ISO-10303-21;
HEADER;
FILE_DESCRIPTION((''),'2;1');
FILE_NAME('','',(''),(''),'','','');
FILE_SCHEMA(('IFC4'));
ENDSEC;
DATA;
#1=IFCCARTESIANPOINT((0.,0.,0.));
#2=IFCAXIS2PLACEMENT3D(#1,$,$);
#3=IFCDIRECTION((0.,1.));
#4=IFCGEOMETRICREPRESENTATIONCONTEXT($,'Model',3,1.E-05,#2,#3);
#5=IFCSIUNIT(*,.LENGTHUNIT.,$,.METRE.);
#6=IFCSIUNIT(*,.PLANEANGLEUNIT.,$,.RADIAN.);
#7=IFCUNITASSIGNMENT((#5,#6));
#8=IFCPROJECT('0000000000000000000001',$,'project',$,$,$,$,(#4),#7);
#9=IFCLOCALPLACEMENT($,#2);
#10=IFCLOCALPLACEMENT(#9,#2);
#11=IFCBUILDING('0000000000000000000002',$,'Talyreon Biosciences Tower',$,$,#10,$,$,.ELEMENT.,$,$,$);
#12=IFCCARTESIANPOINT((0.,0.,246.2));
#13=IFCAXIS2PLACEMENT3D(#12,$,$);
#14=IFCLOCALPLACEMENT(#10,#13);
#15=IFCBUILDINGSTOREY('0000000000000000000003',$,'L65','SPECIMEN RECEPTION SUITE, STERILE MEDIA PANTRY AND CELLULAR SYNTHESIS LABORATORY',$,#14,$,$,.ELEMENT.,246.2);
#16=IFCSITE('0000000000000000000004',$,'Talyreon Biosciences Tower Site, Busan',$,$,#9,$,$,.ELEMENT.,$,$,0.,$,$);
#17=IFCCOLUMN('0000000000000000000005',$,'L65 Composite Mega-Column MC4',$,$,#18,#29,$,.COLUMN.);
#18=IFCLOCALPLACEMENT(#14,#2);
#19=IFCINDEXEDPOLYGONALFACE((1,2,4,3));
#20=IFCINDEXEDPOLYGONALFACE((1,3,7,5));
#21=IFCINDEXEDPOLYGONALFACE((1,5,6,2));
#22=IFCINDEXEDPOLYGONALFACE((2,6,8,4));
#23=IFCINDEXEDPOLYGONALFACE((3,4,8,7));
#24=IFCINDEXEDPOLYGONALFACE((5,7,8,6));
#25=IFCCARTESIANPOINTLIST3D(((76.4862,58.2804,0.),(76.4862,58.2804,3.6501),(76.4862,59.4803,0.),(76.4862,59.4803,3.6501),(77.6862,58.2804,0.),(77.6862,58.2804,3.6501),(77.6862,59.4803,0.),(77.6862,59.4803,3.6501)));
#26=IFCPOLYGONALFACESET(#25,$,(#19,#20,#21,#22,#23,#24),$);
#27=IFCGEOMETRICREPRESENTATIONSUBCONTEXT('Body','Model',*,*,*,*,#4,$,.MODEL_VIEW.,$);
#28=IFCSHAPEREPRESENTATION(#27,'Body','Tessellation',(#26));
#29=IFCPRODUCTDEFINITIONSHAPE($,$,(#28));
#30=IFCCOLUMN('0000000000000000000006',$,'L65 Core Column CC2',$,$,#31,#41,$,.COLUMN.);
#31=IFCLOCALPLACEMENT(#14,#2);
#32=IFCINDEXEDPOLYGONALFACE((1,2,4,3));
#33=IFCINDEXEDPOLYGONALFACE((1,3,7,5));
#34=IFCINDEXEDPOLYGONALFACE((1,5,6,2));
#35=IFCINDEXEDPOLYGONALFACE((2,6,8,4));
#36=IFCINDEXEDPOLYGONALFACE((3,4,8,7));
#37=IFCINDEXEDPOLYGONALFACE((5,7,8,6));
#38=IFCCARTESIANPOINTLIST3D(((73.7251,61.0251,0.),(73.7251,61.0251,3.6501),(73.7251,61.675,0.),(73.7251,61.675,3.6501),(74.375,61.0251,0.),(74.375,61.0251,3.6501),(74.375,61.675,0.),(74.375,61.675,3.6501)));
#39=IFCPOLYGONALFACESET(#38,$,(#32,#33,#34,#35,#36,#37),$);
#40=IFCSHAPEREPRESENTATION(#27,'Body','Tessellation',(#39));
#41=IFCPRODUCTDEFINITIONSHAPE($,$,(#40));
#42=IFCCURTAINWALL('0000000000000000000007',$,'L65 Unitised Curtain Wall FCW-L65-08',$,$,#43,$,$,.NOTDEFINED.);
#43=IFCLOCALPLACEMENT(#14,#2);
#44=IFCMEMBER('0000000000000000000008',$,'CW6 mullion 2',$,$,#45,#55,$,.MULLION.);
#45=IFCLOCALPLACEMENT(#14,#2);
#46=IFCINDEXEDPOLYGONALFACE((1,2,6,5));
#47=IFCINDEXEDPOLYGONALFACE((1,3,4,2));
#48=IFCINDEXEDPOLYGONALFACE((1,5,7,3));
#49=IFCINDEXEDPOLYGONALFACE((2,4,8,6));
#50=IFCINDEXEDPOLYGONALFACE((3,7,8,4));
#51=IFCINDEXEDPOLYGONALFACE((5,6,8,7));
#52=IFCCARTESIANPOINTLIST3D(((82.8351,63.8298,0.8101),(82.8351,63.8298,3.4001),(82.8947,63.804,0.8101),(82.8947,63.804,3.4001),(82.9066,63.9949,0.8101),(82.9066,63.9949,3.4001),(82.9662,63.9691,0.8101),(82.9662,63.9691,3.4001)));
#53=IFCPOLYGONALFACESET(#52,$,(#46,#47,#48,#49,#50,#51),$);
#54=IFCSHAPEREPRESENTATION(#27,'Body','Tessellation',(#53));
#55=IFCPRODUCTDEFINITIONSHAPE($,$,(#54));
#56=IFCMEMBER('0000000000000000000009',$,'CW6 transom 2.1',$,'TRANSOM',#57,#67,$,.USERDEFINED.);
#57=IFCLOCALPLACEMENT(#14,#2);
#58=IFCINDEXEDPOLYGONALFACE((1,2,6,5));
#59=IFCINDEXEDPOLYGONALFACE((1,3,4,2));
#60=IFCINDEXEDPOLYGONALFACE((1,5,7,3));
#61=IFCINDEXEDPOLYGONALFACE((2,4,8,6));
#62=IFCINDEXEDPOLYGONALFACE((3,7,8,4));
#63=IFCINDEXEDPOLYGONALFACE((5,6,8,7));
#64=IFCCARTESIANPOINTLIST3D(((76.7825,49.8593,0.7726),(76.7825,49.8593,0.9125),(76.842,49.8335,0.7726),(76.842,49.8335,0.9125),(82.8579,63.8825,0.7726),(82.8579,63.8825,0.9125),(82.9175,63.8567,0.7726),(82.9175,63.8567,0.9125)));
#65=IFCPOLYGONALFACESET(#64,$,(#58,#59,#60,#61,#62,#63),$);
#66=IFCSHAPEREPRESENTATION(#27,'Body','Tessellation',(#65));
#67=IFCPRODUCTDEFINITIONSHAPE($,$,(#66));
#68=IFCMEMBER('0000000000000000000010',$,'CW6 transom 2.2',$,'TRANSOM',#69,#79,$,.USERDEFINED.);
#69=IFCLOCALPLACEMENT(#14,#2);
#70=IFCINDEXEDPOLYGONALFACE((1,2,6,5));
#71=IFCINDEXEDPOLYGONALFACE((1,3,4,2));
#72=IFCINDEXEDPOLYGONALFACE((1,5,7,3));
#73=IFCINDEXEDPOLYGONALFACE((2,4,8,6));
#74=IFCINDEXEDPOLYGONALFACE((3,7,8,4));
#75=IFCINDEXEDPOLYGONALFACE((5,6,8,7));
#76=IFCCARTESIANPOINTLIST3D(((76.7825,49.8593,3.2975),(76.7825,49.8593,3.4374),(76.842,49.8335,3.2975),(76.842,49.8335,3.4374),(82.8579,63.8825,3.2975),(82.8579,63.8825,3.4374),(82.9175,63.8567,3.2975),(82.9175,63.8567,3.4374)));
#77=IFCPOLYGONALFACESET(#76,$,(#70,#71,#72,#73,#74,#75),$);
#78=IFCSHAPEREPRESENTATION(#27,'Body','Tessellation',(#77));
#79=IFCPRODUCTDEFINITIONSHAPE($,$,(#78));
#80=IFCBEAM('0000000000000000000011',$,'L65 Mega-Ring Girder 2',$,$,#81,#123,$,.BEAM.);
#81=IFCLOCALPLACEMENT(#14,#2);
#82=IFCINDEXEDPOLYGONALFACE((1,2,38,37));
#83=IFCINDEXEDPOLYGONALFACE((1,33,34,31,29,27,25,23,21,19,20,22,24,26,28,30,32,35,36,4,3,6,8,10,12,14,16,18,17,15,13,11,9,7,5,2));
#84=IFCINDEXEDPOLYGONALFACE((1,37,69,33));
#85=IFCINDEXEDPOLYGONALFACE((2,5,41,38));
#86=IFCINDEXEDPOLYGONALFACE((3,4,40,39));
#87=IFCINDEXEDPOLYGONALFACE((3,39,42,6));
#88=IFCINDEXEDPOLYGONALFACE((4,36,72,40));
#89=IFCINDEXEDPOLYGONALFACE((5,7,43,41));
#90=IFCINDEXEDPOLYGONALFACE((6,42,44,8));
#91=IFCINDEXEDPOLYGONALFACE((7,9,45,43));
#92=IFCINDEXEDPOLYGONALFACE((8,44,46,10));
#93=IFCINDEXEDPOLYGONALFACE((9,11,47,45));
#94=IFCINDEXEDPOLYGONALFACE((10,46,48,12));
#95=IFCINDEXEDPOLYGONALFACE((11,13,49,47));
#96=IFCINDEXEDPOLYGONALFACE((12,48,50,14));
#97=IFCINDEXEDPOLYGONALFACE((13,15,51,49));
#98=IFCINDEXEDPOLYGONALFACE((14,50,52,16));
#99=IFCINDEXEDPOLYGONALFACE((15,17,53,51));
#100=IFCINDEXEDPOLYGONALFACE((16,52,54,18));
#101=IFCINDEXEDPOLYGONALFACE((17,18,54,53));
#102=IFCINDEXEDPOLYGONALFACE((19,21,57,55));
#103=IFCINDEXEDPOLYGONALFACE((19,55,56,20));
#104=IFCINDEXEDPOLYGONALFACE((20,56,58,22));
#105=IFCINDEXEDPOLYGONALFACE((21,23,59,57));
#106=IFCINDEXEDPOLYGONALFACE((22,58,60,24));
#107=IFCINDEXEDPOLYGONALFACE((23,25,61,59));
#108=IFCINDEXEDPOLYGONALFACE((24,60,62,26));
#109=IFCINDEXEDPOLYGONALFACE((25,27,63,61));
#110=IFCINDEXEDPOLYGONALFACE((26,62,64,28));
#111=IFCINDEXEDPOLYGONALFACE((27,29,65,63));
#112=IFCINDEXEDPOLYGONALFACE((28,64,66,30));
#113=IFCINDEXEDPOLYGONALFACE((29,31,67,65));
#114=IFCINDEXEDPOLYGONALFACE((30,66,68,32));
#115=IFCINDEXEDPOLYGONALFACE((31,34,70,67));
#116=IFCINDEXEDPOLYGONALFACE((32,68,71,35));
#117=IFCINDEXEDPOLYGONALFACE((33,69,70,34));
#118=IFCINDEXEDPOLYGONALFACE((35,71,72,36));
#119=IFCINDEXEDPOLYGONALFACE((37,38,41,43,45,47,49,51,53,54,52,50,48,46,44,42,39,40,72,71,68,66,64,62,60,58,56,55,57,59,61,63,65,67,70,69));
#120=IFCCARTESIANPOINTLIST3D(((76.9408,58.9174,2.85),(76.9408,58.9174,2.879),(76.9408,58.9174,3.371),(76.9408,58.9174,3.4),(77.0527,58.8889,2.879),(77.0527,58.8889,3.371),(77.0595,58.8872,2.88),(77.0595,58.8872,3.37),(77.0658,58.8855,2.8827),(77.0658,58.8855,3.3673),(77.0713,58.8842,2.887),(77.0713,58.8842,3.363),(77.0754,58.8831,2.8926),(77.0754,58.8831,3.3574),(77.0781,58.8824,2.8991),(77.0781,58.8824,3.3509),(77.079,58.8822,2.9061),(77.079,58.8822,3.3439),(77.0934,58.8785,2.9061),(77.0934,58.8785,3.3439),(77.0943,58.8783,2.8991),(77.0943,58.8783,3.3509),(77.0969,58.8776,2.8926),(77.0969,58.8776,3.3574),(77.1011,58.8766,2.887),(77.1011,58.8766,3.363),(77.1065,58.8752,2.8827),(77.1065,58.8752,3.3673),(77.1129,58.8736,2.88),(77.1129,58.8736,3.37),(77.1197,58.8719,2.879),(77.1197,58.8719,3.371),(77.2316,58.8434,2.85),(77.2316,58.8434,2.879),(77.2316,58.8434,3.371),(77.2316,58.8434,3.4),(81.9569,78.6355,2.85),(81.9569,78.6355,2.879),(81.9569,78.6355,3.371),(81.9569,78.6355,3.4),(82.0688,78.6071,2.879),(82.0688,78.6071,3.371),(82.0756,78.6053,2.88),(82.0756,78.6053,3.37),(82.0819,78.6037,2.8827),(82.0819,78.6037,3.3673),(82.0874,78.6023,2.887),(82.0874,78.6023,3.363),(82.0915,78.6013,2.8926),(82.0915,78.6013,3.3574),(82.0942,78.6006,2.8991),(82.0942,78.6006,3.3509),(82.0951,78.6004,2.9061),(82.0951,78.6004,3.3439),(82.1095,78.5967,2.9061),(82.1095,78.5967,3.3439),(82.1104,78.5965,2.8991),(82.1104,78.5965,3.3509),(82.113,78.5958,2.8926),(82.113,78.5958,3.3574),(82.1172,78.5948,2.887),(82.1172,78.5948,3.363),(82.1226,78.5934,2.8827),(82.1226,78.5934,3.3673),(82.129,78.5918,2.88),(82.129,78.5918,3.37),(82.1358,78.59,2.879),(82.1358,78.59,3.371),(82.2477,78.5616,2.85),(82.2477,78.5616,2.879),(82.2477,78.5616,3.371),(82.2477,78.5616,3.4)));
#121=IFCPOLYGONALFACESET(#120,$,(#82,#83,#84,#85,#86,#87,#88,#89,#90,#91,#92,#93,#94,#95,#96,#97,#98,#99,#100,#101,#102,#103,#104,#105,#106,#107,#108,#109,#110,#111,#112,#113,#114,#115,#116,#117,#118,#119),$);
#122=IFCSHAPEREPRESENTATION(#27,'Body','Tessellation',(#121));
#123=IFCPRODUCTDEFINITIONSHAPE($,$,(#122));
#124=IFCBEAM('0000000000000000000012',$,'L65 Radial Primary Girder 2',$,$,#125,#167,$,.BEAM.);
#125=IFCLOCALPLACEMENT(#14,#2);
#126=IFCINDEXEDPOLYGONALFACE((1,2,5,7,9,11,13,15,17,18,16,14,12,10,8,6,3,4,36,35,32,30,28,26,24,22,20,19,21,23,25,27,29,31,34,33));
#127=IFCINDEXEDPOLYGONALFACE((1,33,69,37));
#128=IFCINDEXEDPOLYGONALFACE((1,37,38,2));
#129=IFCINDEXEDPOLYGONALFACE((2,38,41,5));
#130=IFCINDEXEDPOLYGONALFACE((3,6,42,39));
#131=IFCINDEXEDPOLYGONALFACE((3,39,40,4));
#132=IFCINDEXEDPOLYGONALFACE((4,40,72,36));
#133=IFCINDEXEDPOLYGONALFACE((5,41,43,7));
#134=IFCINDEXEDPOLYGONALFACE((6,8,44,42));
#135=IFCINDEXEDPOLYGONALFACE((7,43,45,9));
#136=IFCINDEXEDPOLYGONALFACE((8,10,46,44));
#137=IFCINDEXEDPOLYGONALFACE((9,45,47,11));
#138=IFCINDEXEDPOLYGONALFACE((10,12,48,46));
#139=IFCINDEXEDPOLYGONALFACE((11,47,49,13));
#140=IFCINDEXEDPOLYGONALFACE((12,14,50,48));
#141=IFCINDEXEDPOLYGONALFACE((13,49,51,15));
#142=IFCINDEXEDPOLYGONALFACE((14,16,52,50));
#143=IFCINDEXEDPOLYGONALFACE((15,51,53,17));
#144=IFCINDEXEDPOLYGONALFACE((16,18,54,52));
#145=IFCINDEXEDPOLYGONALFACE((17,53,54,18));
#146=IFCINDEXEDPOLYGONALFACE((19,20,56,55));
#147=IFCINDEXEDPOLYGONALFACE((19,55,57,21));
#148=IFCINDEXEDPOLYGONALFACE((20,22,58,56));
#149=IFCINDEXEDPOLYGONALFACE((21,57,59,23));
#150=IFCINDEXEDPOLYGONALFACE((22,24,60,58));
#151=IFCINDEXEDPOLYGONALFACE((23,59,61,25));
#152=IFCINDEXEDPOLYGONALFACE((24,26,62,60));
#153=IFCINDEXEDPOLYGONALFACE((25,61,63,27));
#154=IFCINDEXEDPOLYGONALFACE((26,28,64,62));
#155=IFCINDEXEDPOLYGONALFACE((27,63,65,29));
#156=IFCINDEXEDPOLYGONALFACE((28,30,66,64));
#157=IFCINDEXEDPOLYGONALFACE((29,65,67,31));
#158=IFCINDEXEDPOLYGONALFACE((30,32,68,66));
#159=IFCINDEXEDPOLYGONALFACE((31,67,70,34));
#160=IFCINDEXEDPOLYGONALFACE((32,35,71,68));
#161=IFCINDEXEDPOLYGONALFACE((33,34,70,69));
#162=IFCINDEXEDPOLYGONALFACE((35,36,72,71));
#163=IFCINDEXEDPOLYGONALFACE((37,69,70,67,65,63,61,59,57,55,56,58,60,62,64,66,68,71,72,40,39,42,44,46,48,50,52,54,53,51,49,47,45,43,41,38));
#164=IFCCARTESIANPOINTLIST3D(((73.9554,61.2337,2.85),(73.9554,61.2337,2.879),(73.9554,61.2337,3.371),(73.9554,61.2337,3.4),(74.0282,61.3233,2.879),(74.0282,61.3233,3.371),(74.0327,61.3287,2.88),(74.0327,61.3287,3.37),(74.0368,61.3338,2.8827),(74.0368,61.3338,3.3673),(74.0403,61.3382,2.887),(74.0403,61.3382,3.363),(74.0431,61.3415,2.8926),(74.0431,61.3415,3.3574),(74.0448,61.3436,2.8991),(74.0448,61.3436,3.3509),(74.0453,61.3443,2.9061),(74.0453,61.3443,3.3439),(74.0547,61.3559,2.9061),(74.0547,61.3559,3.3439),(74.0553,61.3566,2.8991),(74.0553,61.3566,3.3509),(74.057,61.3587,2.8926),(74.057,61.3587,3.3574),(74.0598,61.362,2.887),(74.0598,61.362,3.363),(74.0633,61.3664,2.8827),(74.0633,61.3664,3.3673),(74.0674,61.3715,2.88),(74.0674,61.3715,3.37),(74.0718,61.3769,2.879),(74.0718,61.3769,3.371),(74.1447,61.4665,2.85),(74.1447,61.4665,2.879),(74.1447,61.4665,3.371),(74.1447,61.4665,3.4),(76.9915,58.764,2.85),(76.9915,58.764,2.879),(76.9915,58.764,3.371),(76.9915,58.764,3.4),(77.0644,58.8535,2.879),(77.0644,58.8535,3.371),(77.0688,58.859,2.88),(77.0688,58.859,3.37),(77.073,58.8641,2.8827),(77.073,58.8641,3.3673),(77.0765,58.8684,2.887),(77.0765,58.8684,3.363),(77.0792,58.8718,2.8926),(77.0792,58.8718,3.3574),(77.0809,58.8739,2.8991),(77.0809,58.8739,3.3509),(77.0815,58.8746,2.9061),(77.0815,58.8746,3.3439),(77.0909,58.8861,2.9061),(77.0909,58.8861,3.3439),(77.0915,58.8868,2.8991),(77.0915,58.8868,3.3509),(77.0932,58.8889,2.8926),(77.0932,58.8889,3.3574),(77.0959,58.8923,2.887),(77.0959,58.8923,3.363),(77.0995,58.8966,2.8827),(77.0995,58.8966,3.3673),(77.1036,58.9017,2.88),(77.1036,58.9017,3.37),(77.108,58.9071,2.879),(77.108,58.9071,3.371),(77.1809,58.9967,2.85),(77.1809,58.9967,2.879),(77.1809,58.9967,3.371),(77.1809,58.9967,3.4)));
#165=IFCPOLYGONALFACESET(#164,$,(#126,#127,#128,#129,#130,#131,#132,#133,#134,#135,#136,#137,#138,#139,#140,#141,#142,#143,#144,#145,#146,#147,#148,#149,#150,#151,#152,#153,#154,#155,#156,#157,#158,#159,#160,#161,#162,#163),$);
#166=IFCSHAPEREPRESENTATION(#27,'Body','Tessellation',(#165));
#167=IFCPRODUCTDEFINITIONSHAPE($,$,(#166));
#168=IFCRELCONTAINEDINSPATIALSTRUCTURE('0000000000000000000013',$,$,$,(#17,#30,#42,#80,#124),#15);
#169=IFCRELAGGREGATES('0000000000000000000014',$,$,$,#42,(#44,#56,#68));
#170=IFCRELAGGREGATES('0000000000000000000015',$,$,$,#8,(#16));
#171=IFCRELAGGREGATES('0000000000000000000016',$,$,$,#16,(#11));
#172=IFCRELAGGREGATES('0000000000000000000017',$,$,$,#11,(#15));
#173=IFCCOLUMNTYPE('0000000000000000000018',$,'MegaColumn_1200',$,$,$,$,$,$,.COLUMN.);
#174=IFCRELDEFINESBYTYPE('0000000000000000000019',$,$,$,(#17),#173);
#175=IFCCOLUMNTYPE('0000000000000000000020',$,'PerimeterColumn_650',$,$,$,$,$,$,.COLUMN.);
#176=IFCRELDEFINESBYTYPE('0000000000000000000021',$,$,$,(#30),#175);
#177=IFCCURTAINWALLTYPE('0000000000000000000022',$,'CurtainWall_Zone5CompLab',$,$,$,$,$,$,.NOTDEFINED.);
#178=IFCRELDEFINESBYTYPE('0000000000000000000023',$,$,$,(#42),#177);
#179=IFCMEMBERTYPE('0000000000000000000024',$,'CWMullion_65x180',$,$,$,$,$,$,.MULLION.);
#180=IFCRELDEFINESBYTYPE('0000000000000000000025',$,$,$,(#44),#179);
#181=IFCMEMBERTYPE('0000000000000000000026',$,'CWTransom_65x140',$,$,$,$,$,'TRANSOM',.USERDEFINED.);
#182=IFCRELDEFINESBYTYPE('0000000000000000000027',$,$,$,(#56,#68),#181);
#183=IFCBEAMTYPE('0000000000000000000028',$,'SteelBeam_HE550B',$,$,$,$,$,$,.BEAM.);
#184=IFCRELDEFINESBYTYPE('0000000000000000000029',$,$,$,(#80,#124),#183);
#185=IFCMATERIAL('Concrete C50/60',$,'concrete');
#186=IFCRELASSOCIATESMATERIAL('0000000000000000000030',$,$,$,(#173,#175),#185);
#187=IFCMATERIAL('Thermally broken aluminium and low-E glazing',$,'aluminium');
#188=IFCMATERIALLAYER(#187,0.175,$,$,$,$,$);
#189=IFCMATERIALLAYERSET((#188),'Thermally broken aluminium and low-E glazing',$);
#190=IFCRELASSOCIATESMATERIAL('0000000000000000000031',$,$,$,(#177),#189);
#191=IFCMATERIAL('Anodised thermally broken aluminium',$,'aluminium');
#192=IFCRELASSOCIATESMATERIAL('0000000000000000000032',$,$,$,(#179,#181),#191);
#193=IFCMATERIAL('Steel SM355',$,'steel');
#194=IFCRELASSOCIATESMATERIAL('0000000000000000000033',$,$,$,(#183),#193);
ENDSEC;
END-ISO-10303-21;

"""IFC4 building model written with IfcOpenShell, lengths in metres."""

from ifc_helpers import new_model, si_unit, direction, frame, origin, origin_2d, place, context, subcontext, project, spatial, rectangle, i_section, extrude, material, layer, layer_set, material_profile, profile_set, type_object, element, aggregate, save


model = new_model("IFC4")

# Units and contexts
model_context = context("Model", 3, precision=1e-05, world=origin(), true_north=direction((0.0, 1.0)))
body_context = subcontext(model_context, "Body", "Model", "MODEL_VIEW")
ifc_project = project(units=[si_unit("LENGTHUNIT", "METRE"), si_unit("PLANEANGLEUNIT", "RADIAN")], contexts=[model_context])

# Site, building, storey
site_placement = place(None, origin())
site = spatial("IfcSite", under=ifc_project, at=site_placement, Name="Talyreon Biosciences Tower Site, Busan", CompositionType="ELEMENT", RefElevation=0.0)
building_placement = place(site_placement, origin())
building = spatial("IfcBuilding", under=site, at=building_placement, Name="Talyreon Biosciences Tower", CompositionType="ELEMENT")
storey_placement = place(building_placement, frame((0.0, 0.0, 246.2)))
storey = spatial("IfcBuildingStorey", under=building, at=storey_placement, Name="L65", Description="SPECIMEN RECEPTION SUITE, STERILE MEDIA PANTRY AND CELLULAR SYNTHESIS LABORATORY", CompositionType="ELEMENT", Elevation=246.2)

# Columns
ifc_material_1 = material(Name="Concrete C50/60", Category="concrete")
ifc_material_profile_1 = material_profile(ifc_material_1, rectangle(XDim=1.2, YDim=1.2, at=origin_2d()), Name="RC 1200x1200")
ifc_profile_set_1 = profile_set([ifc_material_profile_1], Name="Concrete C50/60")
column_type_1 = type_object("IfcColumnType", Name="MegaColumn_1200", PredefinedType="COLUMN", material=ifc_profile_set_1)
column_1_placement = place(storey_placement, frame((77.0862, 58.8804, 0.0), z_axis=(0.0, 0.0, 1.0), x_axis=(1.0, 0.0, 0.0)))
element("IfcColumn", 1, at=column_1_placement, inside=storey, type_object=column_type_1, Name="L65 Composite Mega-Column MC4", PredefinedType="COLUMN", context=body_context, shape_type="SweptSolid", body=[
    extrude(rectangle(XDim=1.2, YDim=1.2, at=origin_2d()), origin(), (0.0, 0.0, 1.0), 3.6501),
])
ifc_material_profile_2 = material_profile(ifc_material_1, rectangle(XDim=0.6499, YDim=0.6499, at=origin_2d()), Name="RC 650x650")
ifc_profile_set_2 = profile_set([ifc_material_profile_2], Name="Concrete C50/60")
column_type_2 = type_object("IfcColumnType", Name="PerimeterColumn_650", PredefinedType="COLUMN", material=ifc_profile_set_2)
column_2_placement = place(storey_placement, frame((74.05, 61.3501, 0.0), z_axis=(0.0, 0.0, 1.0), x_axis=(1.0, 0.0, 0.0)))
element("IfcColumn", 2, at=column_2_placement, inside=storey, type_object=column_type_2, Name="L65 Core Column CC2", PredefinedType="COLUMN", context=body_context, shape_type="SweptSolid", body=[
    extrude(rectangle(XDim=0.6499, YDim=0.6499, at=origin_2d()), origin(), (0.0, 0.0, 1.0), 3.6501),
])

# Curtain wall, members
ifc_material_2 = material(Name="Thermally broken aluminium and low-E glazing", Category="aluminium")
ifc_layer_1 = layer(ifc_material_2, 0.175)
ifc_layer_set_1 = layer_set([ifc_layer_1], Name="Thermally broken aluminium and low-E glazing")
curtain_wall_type = type_object("IfcCurtainWallType", Name="CurtainWall_Zone5CompLab", PredefinedType="NOTDEFINED", material=ifc_layer_set_1)
curtain_wall_placement = place(storey_placement, origin())
curtain_wall = element("IfcCurtainWall", 3, at=curtain_wall_placement, inside=storey, type_object=curtain_wall_type, Name="L65 Unitised Curtain Wall FCW-L65-08", PredefinedType="NOTDEFINED")
ifc_material_3 = material(Name="Anodised thermally broken aluminium", Category="aluminium")
ifc_material_profile_3 = material_profile(ifc_material_3, rectangle(XDim=0.0649, YDim=0.1799, at=origin_2d()), Name="ALUM MULLION 65x180")
ifc_profile_set_3 = profile_set([ifc_material_profile_3], Name="Anodised thermally broken aluminium")
member_type_1 = type_object("IfcMemberType", Name="CWMullion_65x180", PredefinedType="MULLION", material=ifc_profile_set_3)
member_1_placement = place(storey_placement, frame((82.9006, 63.8994, 0.8101), z_axis=(0.0, 0.0, 1.0), x_axis=(0.917586, -0.397537, 0.0)))
member_1 = element("IfcMember", 4, at=member_1_placement, type_object=member_type_1, Name="CW6 mullion 2", PredefinedType="MULLION", context=body_context, shape_type="SweptSolid", body=[
    extrude(rectangle(XDim=0.0649, YDim=0.1799, at=origin_2d()), origin(), (0.0, 0.0, 1.0), 2.5901),
])
ifc_material_profile_4 = material_profile(ifc_material_3, rectangle(XDim=0.0649, YDim=0.1399, at=origin_2d()), Name="ALUM TRANSOM 65x140")
ifc_profile_set_4 = profile_set([ifc_material_profile_4], Name="Anodised thermally broken aluminium")
member_type_2 = type_object("IfcMemberType", Name="CWTransom_65x140", ElementType="TRANSOM", PredefinedType="USERDEFINED", material=ifc_profile_set_4)
member_2_placement = place(storey_placement, frame((82.8877, 63.8696, 0.8425), z_axis=(-0.397537, -0.917586, 0.0), x_axis=(0.917586, -0.397537, 0.0)))
member_2 = element("IfcMember", 5, at=member_2_placement, type_object=member_type_2, Name="CW6 transom 2.1", ObjectType="TRANSOM", PredefinedType="USERDEFINED", context=body_context, shape_type="SweptSolid", body=[
    extrude(rectangle(XDim=0.0649, YDim=0.1399, at=origin_2d()), origin(), (0.0, 0.0, 1.0), 15.2827),
])
member_3_placement = place(storey_placement, frame((82.8877, 63.8696, 3.3674), z_axis=(-0.397537, -0.917586, 0.0), x_axis=(0.917586, -0.397537, 0.0)))
member_3 = element("IfcMember", 6, at=member_3_placement, type_object=member_type_2, Name="CW6 transom 2.2", ObjectType="TRANSOM", PredefinedType="USERDEFINED", context=body_context, shape_type="SweptSolid", body=[
    extrude(rectangle(XDim=0.0649, YDim=0.1399, at=origin_2d()), origin(), (0.0, 0.0, 1.0), 15.2827),
])
aggregate(curtain_wall, [member_1, member_2, member_3])

# Beams
ifc_material_4 = material(Name="Steel SM355", Category="steel")
ifc_material_profile_5 = material_profile(ifc_material_4, i_section(OverallWidth=0.3, OverallDepth=0.55, WebThickness=0.0149, FlangeThickness=0.0291, FilletRadius=0.0271, at=origin_2d()), Name="HE550B")
ifc_profile_set_5 = profile_set([ifc_material_profile_5], Name="Steel SM355")
beam_type_1 = type_object("IfcBeamType", Name="SteelBeam_HE550B", PredefinedType="BEAM", material=ifc_profile_set_5)
beam_1_placement = place(storey_placement, frame((77.0862, 58.8804, 3.125), z_axis=(0.246537, 0.969133, 0.0), x_axis=(-0.969133, 0.246537, 0.0)))
element("IfcBeam", 7, at=beam_1_placement, inside=storey, type_object=beam_type_1, Name="L65 Mega-Ring Girder 2", PredefinedType="BEAM", context=body_context, shape_type="SweptSolid", body=[
    extrude(i_section(OverallWidth=0.3, OverallDepth=0.55, WebThickness=0.0149, FlangeThickness=0.0291, FilletRadius=0.0271, at=origin_2d()), origin(), (0.0, 0.0, 1.0), 20.3462),
])
beam_2_placement = place(storey_placement, frame((74.05, 61.3501, 3.125), z_axis=(0.775755, -0.631034, 0.0), x_axis=(0.631034, 0.775755, 0.0)))
element("IfcBeam", 8, at=beam_2_placement, inside=storey, type_object=beam_type_1, Name="L65 Radial Primary Girder 2", PredefinedType="BEAM", context=body_context, shape_type="SweptSolid", body=[
    extrude(i_section(OverallWidth=0.3, OverallDepth=0.55, WebThickness=0.0149, FlangeThickness=0.0291, FilletRadius=0.0271, at=origin_2d()), origin(), (0.0, 0.0, 1.0), 3.9138),
])

save(model, "model.ifc")
